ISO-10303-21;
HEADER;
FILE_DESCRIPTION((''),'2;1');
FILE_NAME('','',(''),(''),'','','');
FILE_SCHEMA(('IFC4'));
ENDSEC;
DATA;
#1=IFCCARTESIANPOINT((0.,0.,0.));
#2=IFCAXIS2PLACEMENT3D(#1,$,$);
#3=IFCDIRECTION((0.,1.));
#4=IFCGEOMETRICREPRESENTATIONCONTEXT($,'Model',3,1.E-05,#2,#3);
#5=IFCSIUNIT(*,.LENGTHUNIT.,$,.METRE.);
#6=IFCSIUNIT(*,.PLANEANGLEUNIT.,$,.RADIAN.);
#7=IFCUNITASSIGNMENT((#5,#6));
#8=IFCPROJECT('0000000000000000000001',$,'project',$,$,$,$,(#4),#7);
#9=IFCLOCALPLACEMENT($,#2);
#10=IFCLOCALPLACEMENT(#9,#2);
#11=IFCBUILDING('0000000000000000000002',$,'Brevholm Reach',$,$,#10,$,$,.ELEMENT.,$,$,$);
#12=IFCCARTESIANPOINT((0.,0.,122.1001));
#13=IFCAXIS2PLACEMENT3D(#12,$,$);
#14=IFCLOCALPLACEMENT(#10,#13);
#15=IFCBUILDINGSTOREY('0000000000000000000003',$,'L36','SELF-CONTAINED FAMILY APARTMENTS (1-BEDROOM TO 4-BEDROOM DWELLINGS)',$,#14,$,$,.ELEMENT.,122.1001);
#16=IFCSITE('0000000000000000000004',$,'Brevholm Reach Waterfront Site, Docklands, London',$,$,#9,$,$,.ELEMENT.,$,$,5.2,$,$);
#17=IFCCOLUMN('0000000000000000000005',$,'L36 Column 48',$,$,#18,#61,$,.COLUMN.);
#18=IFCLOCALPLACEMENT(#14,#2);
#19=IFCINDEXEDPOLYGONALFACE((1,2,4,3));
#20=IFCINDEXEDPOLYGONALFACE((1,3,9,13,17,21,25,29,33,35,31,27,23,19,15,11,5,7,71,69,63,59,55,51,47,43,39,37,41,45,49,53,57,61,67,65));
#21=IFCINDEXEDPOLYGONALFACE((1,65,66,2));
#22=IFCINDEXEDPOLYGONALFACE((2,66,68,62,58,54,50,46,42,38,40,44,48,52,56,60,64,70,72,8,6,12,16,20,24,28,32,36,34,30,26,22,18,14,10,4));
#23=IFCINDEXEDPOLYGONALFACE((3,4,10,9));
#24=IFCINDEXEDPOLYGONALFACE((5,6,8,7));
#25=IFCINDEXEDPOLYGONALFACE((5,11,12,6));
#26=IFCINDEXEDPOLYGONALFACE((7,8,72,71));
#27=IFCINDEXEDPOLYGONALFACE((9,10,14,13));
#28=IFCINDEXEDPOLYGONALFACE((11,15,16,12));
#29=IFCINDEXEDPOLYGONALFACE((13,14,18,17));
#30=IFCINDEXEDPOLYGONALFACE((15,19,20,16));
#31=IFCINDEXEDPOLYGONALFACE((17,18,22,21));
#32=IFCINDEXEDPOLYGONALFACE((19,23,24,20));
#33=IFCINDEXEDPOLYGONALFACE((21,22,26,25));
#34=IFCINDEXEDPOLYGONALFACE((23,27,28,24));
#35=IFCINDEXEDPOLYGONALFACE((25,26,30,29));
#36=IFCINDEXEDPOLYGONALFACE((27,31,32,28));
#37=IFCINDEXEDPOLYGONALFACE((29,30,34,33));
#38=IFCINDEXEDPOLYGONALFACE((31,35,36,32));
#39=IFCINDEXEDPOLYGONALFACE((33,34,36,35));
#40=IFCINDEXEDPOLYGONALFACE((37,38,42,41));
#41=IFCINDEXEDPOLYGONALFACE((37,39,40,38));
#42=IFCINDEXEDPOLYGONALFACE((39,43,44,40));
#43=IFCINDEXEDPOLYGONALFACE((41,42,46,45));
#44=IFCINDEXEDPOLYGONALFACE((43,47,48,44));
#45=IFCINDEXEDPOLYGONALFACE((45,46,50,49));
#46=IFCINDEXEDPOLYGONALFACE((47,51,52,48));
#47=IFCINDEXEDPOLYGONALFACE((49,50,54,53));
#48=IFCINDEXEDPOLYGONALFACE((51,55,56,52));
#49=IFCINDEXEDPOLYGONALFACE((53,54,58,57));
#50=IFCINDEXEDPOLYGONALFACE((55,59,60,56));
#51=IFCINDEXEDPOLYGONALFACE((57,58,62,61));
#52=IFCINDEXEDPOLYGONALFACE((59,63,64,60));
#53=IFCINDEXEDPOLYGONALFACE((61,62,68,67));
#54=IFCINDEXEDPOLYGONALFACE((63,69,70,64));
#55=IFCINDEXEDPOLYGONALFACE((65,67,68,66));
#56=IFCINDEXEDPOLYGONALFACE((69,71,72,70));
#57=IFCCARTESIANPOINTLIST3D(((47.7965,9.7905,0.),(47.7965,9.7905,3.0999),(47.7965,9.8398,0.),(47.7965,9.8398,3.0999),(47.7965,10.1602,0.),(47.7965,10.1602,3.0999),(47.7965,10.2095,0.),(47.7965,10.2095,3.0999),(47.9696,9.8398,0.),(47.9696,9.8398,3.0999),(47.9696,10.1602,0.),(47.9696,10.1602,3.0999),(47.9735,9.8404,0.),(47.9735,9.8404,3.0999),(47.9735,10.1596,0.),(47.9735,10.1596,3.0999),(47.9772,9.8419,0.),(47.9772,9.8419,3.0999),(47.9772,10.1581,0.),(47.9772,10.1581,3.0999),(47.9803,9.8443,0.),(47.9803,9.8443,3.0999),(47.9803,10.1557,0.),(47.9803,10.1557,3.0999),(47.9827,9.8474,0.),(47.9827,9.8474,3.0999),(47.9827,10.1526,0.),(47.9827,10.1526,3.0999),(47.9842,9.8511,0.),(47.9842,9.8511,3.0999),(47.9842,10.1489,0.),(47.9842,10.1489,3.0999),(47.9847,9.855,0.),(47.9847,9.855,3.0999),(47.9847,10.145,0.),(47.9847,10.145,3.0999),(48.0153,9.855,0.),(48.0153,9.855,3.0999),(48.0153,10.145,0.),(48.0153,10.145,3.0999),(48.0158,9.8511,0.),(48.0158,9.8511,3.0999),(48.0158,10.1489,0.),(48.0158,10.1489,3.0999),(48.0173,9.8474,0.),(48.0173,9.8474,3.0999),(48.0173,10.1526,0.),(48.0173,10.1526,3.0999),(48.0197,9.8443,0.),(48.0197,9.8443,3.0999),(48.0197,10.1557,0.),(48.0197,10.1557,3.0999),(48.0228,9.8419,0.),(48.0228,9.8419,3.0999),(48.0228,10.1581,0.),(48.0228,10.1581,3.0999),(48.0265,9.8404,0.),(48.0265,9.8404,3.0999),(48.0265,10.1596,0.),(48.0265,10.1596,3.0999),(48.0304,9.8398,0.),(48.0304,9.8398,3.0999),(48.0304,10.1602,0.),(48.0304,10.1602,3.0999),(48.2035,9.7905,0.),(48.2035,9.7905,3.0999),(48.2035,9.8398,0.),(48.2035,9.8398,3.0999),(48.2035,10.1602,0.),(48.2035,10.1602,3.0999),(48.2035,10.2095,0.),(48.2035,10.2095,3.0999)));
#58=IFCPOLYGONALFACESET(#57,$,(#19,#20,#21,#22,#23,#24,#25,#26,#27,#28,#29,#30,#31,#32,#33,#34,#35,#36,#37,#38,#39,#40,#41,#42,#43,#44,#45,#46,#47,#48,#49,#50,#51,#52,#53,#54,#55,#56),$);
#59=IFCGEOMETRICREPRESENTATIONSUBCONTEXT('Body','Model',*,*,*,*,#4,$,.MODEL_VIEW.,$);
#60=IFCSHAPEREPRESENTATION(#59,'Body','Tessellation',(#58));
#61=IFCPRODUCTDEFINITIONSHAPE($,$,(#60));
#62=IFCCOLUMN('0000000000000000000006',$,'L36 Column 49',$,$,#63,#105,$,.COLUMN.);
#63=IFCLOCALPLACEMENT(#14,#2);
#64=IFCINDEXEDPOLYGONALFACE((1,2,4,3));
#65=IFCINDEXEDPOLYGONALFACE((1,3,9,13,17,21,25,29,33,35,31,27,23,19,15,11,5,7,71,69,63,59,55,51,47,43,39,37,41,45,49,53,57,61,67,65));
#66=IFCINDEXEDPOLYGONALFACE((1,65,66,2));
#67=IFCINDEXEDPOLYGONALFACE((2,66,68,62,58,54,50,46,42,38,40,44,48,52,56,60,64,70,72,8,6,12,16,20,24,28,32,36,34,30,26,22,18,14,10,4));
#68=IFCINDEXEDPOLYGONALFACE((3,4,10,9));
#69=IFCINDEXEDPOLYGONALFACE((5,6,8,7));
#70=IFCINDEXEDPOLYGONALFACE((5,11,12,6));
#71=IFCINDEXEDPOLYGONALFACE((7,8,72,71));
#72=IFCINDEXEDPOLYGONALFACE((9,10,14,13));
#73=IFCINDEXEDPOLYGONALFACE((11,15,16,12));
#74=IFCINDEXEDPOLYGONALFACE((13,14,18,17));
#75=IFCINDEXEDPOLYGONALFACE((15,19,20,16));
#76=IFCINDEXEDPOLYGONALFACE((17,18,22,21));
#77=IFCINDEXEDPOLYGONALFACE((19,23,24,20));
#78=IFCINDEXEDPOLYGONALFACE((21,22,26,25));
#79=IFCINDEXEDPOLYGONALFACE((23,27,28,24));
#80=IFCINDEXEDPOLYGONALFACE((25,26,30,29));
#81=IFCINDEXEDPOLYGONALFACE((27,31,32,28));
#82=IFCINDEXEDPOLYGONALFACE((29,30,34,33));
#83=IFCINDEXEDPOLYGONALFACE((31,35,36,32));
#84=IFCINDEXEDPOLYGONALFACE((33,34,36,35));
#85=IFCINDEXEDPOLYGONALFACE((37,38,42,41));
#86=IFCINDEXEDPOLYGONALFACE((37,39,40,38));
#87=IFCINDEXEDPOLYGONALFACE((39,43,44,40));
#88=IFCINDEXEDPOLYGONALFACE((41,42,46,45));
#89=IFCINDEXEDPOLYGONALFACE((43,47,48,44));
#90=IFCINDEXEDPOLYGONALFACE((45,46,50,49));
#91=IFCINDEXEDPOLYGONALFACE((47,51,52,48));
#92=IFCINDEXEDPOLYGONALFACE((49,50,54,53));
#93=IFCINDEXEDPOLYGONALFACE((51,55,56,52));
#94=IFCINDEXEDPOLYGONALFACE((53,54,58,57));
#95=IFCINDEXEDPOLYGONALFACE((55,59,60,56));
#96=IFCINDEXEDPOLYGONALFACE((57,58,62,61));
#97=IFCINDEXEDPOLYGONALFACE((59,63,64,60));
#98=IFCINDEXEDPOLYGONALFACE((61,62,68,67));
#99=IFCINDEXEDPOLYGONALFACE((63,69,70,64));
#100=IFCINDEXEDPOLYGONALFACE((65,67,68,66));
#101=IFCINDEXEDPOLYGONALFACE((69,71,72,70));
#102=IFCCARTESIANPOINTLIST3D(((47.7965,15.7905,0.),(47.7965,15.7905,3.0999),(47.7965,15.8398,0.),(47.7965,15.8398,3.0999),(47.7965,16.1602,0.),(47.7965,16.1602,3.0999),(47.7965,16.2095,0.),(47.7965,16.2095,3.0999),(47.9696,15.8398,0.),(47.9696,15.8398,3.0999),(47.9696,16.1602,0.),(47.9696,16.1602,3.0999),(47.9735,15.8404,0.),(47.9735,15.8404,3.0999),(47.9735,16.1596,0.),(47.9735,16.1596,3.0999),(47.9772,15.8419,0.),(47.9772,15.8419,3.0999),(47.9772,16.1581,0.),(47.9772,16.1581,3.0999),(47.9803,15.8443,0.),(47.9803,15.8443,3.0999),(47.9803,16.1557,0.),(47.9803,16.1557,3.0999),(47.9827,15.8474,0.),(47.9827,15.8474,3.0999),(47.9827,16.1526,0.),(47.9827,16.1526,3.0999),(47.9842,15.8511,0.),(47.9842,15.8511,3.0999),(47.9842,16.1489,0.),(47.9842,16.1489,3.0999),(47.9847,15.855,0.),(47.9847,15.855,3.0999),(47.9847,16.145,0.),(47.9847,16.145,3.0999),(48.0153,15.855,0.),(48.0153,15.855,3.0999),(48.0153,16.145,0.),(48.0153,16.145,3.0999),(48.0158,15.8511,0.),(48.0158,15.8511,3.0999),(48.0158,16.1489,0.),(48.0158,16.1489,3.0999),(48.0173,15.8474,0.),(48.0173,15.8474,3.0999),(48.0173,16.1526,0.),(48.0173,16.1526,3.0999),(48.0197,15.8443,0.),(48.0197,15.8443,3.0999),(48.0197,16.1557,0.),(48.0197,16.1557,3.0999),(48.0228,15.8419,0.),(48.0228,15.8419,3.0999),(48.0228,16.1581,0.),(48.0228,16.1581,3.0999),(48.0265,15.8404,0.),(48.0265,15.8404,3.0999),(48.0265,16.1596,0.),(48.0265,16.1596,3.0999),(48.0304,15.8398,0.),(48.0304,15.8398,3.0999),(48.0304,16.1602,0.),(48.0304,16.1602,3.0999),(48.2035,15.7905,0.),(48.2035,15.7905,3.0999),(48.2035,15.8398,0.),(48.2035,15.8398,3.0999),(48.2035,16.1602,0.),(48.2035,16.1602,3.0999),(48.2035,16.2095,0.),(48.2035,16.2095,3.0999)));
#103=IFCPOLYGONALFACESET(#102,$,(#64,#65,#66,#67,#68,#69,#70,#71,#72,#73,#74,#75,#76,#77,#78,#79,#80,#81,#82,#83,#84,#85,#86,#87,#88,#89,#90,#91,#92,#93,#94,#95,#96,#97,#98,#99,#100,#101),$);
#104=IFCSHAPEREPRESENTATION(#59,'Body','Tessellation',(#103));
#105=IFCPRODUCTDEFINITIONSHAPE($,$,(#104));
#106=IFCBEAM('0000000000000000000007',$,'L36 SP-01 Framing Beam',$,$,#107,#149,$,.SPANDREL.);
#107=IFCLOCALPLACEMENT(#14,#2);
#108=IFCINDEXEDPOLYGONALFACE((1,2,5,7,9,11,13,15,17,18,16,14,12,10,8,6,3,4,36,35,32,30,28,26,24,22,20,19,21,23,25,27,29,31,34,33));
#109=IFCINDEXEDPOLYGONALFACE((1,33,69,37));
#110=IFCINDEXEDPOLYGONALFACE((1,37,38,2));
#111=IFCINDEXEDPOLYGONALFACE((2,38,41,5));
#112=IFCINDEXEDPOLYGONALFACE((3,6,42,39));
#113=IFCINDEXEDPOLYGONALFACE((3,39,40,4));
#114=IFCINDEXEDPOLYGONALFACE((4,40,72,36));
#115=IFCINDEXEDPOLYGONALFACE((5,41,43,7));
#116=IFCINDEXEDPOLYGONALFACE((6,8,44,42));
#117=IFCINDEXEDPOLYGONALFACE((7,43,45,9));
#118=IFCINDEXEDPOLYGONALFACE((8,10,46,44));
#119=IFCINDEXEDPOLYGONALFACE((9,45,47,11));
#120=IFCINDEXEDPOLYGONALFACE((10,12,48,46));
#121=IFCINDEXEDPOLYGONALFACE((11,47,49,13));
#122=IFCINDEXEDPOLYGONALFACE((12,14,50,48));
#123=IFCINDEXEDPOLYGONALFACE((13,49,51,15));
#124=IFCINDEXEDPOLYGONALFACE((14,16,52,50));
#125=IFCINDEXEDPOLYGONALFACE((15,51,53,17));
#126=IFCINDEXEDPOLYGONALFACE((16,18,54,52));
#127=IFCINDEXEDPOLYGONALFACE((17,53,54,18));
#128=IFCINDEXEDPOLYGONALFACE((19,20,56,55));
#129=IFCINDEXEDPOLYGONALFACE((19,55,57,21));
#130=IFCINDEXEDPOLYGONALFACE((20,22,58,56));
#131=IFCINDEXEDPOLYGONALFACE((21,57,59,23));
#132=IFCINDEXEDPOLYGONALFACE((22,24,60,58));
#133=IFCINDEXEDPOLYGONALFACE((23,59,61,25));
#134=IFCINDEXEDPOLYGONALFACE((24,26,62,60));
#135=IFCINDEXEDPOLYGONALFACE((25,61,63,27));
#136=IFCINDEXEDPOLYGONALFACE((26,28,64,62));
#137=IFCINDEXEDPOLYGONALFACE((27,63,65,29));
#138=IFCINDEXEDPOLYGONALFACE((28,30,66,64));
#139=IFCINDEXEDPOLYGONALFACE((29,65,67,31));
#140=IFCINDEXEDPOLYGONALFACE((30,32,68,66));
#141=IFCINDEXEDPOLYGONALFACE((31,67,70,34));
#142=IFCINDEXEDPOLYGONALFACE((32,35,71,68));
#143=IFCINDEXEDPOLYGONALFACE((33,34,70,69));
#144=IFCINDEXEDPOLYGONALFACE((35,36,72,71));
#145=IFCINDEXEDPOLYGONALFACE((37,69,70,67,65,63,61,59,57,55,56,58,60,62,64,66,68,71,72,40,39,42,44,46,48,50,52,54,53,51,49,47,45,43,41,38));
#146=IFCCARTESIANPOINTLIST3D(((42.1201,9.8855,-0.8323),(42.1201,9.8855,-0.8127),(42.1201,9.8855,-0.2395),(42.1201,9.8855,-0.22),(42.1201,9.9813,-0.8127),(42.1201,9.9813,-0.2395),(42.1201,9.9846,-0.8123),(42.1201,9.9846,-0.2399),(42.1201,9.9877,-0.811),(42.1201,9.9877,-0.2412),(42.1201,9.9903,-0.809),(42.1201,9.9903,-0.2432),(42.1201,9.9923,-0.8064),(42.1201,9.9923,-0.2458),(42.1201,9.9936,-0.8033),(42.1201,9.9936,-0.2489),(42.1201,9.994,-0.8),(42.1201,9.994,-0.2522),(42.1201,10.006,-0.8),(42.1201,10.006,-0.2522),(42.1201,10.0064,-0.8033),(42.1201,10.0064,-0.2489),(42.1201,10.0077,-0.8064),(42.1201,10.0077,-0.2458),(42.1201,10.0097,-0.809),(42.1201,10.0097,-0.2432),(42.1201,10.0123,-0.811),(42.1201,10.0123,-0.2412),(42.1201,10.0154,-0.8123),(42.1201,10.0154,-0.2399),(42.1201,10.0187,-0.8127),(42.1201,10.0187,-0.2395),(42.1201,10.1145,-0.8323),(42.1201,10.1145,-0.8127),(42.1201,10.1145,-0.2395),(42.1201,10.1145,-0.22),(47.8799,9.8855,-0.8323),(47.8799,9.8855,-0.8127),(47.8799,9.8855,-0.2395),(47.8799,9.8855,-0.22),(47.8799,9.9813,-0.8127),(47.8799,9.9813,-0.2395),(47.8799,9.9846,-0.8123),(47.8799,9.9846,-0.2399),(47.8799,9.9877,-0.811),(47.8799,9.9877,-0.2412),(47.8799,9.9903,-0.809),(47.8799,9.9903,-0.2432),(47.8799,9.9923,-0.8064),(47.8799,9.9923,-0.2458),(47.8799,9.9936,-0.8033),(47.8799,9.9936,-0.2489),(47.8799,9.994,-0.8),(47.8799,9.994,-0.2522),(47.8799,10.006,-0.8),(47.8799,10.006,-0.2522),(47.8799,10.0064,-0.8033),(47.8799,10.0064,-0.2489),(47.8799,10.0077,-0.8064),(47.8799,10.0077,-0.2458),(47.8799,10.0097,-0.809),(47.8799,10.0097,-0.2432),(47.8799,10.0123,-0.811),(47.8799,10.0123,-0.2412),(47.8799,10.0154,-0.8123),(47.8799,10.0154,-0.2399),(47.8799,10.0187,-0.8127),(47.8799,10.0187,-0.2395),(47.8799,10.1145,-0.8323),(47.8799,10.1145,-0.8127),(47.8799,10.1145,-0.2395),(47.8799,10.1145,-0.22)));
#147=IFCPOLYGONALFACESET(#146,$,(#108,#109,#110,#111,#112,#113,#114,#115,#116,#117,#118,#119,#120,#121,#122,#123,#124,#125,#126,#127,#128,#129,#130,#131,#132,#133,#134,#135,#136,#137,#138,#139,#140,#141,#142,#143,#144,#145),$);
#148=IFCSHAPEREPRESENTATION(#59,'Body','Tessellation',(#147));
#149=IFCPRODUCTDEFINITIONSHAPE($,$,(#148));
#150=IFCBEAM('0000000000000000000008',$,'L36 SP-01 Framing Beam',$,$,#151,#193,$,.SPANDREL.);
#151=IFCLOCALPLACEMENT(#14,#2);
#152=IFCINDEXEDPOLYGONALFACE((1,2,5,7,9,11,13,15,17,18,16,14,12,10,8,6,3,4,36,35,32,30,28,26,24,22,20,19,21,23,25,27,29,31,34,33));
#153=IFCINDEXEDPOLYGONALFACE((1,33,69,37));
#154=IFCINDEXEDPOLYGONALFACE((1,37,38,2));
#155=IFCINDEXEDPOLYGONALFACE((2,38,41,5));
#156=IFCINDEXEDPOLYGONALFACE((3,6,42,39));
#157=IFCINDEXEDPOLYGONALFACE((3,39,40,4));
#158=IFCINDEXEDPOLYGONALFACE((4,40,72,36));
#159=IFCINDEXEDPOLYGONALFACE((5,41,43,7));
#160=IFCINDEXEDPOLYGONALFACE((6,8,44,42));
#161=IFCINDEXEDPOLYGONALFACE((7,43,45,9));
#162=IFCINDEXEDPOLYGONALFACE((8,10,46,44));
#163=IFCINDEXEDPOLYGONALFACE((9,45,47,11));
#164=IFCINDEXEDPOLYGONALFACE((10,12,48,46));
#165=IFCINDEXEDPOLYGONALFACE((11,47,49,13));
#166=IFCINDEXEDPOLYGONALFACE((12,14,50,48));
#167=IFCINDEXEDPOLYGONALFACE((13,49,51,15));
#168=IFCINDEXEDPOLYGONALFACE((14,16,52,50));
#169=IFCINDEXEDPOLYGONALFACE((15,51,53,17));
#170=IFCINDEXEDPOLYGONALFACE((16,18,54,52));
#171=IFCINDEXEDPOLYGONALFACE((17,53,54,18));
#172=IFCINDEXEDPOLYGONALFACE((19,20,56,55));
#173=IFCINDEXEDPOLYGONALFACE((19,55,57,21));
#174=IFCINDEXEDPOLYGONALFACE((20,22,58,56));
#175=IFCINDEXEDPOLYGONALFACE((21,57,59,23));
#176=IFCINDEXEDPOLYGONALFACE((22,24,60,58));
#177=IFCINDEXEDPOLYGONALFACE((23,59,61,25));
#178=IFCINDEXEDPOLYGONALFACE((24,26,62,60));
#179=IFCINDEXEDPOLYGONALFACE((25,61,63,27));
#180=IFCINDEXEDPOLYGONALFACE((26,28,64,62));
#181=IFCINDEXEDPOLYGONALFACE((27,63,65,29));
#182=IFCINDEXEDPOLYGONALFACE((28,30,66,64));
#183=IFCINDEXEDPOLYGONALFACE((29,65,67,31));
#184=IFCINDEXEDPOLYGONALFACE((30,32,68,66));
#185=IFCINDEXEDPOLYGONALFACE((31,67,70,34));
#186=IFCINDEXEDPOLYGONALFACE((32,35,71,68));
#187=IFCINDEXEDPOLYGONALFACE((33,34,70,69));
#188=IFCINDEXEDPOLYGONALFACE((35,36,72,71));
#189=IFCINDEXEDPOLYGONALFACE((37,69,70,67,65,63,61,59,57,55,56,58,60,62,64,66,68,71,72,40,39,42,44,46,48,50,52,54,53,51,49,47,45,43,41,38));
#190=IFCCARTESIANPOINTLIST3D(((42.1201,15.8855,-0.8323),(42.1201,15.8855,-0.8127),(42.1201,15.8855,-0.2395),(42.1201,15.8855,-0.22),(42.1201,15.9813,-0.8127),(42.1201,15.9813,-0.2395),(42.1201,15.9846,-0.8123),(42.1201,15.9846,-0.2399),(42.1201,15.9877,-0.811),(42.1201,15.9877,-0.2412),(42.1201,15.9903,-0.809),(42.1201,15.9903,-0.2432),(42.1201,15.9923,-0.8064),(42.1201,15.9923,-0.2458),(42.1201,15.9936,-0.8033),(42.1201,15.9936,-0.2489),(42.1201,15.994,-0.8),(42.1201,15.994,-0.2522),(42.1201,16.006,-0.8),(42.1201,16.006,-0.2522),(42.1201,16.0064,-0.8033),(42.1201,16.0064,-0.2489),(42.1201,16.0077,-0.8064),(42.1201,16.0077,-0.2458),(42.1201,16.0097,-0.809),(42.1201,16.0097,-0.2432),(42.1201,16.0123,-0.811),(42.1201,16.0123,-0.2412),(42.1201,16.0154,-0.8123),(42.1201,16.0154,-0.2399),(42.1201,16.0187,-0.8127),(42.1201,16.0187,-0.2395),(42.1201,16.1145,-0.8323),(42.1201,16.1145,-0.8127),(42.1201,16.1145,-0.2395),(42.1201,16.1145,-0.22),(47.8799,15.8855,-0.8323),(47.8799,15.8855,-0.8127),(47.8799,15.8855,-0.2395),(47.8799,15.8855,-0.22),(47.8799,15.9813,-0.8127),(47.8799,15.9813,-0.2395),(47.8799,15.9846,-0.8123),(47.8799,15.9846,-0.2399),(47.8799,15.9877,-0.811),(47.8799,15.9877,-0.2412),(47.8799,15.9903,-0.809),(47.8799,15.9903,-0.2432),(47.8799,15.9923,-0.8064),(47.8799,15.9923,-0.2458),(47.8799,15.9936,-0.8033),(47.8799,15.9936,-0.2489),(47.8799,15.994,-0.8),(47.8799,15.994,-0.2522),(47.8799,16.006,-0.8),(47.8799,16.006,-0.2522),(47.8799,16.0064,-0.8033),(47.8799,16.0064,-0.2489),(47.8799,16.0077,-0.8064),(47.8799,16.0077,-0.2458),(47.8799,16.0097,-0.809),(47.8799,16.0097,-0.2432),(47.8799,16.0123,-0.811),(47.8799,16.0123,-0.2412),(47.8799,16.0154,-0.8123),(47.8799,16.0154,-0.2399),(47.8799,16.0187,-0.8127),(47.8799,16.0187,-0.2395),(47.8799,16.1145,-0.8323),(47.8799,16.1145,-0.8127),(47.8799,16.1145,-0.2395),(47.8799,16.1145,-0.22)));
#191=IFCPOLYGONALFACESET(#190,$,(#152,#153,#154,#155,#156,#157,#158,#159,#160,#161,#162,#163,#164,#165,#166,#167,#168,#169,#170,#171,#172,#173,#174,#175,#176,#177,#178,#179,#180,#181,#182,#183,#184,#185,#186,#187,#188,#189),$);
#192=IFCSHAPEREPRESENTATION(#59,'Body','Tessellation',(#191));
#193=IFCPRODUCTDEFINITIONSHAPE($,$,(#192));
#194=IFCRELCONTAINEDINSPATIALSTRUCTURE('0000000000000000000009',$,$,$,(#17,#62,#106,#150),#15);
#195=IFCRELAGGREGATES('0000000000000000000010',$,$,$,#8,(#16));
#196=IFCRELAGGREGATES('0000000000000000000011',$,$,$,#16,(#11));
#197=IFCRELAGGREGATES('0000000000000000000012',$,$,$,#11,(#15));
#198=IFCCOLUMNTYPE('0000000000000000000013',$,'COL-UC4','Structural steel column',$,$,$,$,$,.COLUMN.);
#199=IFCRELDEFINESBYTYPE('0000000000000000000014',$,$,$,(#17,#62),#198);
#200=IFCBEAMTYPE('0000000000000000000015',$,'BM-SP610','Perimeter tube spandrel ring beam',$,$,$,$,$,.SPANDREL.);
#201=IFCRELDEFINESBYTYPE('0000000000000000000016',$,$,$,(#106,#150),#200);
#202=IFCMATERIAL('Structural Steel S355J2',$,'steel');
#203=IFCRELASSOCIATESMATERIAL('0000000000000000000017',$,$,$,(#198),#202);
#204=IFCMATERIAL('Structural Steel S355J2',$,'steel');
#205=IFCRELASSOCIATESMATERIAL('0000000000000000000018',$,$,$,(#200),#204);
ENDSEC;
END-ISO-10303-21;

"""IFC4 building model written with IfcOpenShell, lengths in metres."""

from ifc_helpers import new_model, si_unit, direction, frame, origin, origin_2d, place, context, subcontext, project, spatial, i_section, extrude, material, material_profile, profile_set, type_object, element, save


model = new_model("IFC4")

# Units and contexts
model_context = context("Model", 3, precision=1e-05, world=origin(), true_north=direction((0.0, 1.0)))
body_context = subcontext(model_context, "Body", "Model", "MODEL_VIEW")
ifc_project = project(units=[si_unit("LENGTHUNIT", "METRE"), si_unit("PLANEANGLEUNIT", "RADIAN")], contexts=[model_context])

# Site, building, storey
site_placement = place(None, origin())
site = spatial("IfcSite", under=ifc_project, at=site_placement, Name="Brevholm Reach Waterfront Site, Docklands, London", CompositionType="ELEMENT", RefElevation=5.2)
building_placement = place(site_placement, origin())
building = spatial("IfcBuilding", under=site, at=building_placement, Name="Brevholm Reach", CompositionType="ELEMENT")
storey_placement = place(building_placement, frame((0.0, 0.0, 122.1001)))
storey = spatial("IfcBuildingStorey", under=building, at=storey_placement, Name="L36", Description="SELF-CONTAINED FAMILY APARTMENTS (1-BEDROOM TO 4-BEDROOM DWELLINGS)", CompositionType="ELEMENT", Elevation=122.1001)

# Columns
ifc_material_1 = material(Name="Structural Steel S355J2", Category="steel")
ifc_material_profile_1 = material_profile(ifc_material_1, i_section(OverallWidth=0.407, OverallDepth=0.4189, WebThickness=0.0305, FlangeThickness=0.0493, FilletRadius=0.0151, at=origin_2d()), Name="UKC 356x406x393")
ifc_profile_set_1 = profile_set([ifc_material_profile_1], Name="Structural Steel S355J2")
column_type = type_object("IfcColumnType", Name="COL-UC4", Description="Structural steel column", PredefinedType="COLUMN", material=ifc_profile_set_1)
for number, where, z_axis, x_axis, name in (
    (1, (48.0, 10.0, 0.0), (0.0, 0.0, 1.0), (1.0, 0.0, 0.0), "L36 Column 48"),
    (2, (48.0, 16.0, 0.0), (0.0, 0.0, 1.0), (1.0, 0.0, 0.0), "L36 Column 49"),
):
    element("IfcColumn", number, at=place(storey_placement, frame(where, z_axis=z_axis, x_axis=x_axis)), inside=storey, type_object=column_type, Name=name, PredefinedType="COLUMN", context=body_context, shape_type="SweptSolid", body=[
        extrude(i_section(OverallWidth=0.407, OverallDepth=0.4189, WebThickness=0.0305, FlangeThickness=0.0493, FilletRadius=0.0151, at=origin_2d()), origin(), (0.0, 0.0, 1.0), 3.0999),
    ])

# Beams
ifc_material_2 = material(Name="Structural Steel S355J2", Category="steel")
ifc_material_profile_2 = material_profile(ifc_material_2, i_section(OverallWidth=0.229, OverallDepth=0.6123, WebThickness=0.012, FlangeThickness=0.0195, FilletRadius=0.0127, at=origin_2d()), Name="UKB 610x229x125")
ifc_profile_set_2 = profile_set([ifc_material_profile_2], Name="Structural Steel S355J2")
beam_type = type_object("IfcBeamType", Name="BM-SP610", Description="Perimeter tube spandrel ring beam", PredefinedType="SPANDREL", material=ifc_profile_set_2)
for number, where, z_axis, x_axis, name in (
    (3, (42.1201, 10.0, -0.5261), (1.0, 0.0, 0.0), (0.0, 1.0, 0.0), "L36 SP-01 Framing Beam"),
    (4, (42.1201, 16.0, -0.5261), (1.0, 0.0, 0.0), (0.0, 1.0, 0.0), "L36 SP-01 Framing Beam"),
):
    element("IfcBeam", number, at=place(storey_placement, frame(where, z_axis=z_axis, x_axis=x_axis)), inside=storey, type_object=beam_type, Name=name, PredefinedType="SPANDREL", context=body_context, shape_type="SweptSolid", body=[
        extrude(i_section(OverallWidth=0.229, OverallDepth=0.6123, WebThickness=0.012, FlangeThickness=0.0195, FilletRadius=0.0127, at=origin_2d()), origin(), (0.0, 0.0, 1.0), 5.7598),
    ])

save(model, "model.ifc")
